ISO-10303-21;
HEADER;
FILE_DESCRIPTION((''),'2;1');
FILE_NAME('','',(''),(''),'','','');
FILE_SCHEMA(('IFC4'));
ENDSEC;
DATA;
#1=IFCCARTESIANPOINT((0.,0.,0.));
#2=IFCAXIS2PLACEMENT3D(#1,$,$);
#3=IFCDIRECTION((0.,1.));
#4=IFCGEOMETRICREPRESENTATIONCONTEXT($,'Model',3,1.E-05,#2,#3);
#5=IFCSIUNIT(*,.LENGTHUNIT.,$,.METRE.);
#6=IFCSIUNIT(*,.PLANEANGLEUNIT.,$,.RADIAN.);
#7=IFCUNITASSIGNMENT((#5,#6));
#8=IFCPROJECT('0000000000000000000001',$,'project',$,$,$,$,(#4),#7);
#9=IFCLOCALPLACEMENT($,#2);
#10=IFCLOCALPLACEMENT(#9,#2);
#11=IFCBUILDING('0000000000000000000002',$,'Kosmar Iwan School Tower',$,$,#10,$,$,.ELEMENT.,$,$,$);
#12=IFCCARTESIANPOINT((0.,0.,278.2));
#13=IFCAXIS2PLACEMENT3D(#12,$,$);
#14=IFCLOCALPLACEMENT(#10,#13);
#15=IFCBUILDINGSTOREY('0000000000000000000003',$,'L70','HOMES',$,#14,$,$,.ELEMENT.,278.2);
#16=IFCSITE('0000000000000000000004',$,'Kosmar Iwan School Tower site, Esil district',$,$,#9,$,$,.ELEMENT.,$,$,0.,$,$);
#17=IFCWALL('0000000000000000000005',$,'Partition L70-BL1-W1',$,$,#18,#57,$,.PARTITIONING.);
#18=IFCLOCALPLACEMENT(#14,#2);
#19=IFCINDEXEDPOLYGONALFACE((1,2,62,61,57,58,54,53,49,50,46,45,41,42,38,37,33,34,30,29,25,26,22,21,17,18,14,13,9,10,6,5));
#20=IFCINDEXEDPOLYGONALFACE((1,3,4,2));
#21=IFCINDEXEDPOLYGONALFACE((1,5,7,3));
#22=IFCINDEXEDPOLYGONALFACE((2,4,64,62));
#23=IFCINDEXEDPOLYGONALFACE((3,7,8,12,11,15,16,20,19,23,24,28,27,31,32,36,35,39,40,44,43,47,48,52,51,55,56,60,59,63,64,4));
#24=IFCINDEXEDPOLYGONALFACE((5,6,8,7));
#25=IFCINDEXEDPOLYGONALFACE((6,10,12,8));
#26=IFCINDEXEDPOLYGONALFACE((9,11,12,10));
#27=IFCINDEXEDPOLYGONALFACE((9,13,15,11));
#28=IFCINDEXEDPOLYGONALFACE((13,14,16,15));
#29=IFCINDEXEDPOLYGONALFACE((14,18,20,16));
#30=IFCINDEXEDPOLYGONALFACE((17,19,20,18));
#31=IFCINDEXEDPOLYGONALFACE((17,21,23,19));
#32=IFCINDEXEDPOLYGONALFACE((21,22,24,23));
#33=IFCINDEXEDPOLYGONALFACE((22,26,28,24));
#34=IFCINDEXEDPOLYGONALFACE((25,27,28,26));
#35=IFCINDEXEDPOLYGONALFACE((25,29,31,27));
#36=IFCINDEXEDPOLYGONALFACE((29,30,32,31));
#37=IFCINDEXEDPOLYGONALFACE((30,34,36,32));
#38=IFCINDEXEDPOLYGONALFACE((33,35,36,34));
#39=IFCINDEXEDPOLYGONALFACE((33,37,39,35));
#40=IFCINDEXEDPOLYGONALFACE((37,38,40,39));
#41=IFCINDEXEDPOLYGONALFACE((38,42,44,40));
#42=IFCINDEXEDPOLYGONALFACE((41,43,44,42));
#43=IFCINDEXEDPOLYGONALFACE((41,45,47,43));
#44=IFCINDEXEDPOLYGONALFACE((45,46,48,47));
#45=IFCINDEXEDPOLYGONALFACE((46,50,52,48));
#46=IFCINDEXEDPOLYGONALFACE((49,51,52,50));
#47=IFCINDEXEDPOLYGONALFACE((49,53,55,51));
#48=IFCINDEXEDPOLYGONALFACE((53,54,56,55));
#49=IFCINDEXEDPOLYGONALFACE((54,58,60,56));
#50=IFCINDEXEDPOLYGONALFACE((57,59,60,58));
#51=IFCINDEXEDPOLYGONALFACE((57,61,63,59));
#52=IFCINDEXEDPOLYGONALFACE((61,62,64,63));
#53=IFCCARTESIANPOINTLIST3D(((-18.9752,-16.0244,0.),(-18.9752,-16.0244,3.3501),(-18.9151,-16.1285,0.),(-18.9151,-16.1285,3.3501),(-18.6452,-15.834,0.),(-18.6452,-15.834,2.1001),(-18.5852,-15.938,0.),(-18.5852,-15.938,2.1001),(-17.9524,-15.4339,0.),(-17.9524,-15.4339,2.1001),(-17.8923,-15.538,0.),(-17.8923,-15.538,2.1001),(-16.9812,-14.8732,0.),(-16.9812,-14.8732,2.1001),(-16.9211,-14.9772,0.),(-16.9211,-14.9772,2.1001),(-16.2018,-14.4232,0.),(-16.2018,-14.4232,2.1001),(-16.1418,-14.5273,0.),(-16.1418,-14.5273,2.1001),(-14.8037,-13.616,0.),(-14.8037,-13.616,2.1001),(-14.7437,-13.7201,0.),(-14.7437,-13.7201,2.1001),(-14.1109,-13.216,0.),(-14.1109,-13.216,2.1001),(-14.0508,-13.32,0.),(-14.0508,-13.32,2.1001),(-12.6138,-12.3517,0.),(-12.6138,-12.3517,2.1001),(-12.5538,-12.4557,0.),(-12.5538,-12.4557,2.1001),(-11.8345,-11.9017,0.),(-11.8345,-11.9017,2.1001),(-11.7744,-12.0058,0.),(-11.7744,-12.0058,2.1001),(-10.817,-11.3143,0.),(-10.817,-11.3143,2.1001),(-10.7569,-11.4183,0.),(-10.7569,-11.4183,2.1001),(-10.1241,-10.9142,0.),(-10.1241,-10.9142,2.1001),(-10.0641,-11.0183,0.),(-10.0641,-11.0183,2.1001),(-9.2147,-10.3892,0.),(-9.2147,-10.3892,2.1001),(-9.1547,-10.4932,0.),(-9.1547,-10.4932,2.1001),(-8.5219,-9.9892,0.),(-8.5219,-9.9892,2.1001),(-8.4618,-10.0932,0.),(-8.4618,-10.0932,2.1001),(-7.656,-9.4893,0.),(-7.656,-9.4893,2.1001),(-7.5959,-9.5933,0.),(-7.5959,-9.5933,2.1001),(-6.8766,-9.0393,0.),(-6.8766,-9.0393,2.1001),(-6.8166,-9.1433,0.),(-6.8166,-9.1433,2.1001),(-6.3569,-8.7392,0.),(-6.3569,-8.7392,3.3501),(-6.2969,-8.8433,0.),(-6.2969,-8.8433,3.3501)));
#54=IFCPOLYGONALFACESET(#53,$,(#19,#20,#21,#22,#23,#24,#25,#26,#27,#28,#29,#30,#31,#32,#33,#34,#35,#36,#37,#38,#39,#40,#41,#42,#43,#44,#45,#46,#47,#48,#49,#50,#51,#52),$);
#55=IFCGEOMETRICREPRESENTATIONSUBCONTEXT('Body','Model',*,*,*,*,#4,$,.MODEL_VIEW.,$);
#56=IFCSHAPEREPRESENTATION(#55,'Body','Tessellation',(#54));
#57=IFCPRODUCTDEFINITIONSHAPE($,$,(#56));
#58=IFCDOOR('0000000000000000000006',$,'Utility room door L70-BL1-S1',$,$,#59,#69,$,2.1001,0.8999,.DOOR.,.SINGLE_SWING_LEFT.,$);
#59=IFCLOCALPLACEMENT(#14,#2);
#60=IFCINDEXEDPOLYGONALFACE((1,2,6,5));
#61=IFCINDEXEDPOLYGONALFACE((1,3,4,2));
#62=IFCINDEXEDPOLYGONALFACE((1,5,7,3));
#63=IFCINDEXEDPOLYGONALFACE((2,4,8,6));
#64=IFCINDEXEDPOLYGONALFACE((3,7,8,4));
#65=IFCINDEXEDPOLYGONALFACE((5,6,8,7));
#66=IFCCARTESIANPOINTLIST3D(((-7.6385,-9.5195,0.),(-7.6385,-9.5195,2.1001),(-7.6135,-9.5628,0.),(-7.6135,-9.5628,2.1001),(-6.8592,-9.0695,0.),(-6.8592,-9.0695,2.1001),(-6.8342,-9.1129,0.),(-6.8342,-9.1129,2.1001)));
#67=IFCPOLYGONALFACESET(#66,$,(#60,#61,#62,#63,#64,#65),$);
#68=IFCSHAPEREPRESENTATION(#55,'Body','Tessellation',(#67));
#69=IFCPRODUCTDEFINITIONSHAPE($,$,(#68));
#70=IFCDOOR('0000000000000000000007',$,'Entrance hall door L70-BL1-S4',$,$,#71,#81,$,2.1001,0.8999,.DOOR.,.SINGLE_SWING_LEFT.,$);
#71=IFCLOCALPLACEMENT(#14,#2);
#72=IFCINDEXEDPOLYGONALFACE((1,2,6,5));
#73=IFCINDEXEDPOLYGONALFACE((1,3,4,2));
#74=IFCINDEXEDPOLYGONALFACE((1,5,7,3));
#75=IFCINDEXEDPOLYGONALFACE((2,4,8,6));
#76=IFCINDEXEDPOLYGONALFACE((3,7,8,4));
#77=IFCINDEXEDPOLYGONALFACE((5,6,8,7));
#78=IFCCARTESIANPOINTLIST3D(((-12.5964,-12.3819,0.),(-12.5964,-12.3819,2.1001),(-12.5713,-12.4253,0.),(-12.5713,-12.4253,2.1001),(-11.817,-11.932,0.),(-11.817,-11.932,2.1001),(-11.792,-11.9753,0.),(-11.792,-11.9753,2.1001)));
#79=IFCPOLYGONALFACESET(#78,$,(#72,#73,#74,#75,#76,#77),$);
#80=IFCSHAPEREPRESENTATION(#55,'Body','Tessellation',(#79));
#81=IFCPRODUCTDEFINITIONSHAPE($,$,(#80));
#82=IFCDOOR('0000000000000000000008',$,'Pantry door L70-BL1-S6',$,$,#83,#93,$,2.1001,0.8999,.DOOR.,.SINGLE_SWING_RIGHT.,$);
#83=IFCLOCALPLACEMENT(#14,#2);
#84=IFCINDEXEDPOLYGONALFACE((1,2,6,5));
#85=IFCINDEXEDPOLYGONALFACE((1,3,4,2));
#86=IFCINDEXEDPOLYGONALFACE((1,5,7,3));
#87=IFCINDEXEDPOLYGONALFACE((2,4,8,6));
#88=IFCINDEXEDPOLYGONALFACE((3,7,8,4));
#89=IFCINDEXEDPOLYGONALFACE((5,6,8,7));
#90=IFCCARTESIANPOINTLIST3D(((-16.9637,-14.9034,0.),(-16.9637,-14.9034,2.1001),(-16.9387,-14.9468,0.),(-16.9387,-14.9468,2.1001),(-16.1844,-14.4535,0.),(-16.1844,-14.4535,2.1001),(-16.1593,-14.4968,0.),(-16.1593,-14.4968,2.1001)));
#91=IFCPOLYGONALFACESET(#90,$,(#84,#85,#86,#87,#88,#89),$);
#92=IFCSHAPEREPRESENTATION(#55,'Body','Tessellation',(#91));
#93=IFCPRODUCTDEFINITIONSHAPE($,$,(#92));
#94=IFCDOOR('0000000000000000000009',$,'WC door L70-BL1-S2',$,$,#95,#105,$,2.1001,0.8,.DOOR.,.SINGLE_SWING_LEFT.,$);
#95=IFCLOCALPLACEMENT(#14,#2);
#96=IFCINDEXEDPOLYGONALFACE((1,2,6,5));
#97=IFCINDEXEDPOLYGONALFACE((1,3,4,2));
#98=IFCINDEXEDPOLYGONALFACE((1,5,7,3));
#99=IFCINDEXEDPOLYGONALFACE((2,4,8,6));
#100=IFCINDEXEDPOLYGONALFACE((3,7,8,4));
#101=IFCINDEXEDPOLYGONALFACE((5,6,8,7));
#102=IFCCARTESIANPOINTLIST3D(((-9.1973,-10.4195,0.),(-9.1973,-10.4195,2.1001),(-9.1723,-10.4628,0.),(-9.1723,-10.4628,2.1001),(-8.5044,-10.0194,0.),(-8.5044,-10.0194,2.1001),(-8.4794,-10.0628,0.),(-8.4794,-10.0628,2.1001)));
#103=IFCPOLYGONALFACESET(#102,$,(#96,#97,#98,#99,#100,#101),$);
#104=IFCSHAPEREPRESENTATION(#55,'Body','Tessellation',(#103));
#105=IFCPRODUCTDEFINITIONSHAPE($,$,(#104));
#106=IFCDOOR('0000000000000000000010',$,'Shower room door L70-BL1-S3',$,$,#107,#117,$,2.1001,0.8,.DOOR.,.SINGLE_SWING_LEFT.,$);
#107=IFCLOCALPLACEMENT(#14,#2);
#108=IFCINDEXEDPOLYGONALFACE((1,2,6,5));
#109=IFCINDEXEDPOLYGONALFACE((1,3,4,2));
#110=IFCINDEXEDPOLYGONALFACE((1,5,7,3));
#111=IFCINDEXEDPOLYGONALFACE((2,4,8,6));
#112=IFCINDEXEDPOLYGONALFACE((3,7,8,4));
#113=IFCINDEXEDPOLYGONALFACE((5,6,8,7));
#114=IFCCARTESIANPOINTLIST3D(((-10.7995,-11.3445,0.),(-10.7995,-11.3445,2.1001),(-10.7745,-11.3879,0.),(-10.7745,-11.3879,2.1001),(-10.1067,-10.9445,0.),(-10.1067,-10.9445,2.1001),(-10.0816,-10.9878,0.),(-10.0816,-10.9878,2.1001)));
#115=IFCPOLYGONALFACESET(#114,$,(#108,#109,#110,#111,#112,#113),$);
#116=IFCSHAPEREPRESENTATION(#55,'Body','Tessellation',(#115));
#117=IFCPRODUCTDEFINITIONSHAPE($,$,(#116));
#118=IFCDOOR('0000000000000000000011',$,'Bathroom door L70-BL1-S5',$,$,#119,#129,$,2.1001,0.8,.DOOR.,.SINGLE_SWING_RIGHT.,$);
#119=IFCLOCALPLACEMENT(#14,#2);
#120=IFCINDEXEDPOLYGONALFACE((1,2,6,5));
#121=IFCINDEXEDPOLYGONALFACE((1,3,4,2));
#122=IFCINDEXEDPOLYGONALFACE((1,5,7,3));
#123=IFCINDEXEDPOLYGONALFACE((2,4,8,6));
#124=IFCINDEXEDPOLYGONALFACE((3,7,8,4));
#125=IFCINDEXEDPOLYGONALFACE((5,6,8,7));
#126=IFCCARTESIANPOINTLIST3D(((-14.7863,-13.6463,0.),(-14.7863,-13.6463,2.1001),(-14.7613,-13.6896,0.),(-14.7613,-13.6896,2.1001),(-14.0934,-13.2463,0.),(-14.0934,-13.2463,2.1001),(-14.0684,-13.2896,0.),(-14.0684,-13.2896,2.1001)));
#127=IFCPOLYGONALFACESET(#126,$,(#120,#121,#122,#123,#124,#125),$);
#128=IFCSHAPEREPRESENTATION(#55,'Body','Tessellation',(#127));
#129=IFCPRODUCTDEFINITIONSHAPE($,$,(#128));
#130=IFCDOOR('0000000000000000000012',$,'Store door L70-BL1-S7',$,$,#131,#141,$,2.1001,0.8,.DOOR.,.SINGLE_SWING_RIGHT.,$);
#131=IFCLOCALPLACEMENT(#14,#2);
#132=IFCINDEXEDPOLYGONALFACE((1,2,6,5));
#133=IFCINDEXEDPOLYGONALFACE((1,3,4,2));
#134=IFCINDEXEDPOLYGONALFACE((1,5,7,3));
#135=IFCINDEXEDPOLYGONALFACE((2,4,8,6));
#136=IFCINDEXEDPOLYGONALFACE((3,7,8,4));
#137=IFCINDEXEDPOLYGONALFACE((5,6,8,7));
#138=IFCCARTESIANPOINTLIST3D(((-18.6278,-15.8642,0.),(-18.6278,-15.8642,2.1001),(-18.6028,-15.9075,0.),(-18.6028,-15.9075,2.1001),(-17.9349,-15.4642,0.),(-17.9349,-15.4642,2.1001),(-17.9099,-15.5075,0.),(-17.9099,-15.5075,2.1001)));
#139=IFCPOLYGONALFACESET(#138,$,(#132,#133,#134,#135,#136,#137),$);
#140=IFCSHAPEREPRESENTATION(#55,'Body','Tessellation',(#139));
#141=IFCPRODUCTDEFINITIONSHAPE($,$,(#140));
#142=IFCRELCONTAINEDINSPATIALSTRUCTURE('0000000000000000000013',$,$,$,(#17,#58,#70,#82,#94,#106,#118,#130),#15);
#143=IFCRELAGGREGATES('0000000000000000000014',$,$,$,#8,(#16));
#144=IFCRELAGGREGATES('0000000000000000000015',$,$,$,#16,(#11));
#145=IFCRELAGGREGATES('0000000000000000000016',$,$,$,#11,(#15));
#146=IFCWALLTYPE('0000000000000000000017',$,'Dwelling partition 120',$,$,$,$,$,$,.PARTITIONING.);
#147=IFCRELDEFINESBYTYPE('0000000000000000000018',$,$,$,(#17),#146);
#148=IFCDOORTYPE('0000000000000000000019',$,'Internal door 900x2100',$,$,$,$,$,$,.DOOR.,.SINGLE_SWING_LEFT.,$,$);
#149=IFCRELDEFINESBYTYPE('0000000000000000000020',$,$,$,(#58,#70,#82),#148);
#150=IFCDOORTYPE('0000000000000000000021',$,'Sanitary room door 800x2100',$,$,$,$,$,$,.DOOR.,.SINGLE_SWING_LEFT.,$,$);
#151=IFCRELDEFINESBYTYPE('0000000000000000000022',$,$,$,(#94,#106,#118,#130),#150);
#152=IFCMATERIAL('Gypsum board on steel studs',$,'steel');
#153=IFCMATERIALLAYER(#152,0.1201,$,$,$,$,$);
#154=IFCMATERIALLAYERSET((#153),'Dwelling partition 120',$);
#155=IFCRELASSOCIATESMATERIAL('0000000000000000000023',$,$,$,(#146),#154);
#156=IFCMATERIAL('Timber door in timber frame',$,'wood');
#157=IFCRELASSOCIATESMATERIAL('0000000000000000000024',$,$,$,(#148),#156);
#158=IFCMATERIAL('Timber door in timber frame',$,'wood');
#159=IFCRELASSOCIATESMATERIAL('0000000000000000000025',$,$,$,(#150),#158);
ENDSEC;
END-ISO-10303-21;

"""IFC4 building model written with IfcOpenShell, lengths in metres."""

from ifc_helpers import new_model, si_unit, direction, frame, frame_2d, origin, place, context, subcontext, project, spatial, rectangle, extrude, material, layer, layer_set, type_object, element, fill, save


model = new_model("IFC4")

# Units and contexts
model_context = context("Model", 3, precision=1e-05, world=origin(), true_north=direction((0.0, 1.0)))
body_context = subcontext(model_context, "Body", "Model", "MODEL_VIEW")
ifc_project = project(units=[si_unit("LENGTHUNIT", "METRE"), si_unit("PLANEANGLEUNIT", "RADIAN")], contexts=[model_context])

# Site, building, storey
site_placement = place(None, origin())
site = spatial("IfcSite", under=ifc_project, at=site_placement, Name="Kosmar Iwan School Tower site, Esil district", CompositionType="ELEMENT", RefElevation=0.0)
building_placement = place(site_placement, origin())
building = spatial("IfcBuilding", under=site, at=building_placement, Name="Kosmar Iwan School Tower", CompositionType="ELEMENT")
storey_placement = place(building_placement, frame((0.0, 0.0, 278.2)))
storey = spatial("IfcBuildingStorey", under=building, at=storey_placement, Name="L70", Description="HOMES", CompositionType="ELEMENT", Elevation=278.2)

# Wall, openings, doors
ifc_material_1 = material(Name="Gypsum board on steel studs", Category="steel")
ifc_layer_1 = layer(ifc_material_1, 0.1201)
ifc_layer_set_1 = layer_set([ifc_layer_1], Name="Dwelling partition 120")
wall_type_1 = type_object("IfcWallType", Name="Dwelling partition 120", PredefinedType="PARTITIONING", material=ifc_layer_set_1)
wall_1_placement = place(storey_placement, frame((-6.3269, -8.7913, 0.0), z_axis=(0.0, 0.0, 1.0), x_axis=(-0.866024, -0.500003, 0.0)))
wall_1 = element("IfcWall", 1, at=wall_1_placement, inside=storey, type_object=wall_type_1, Name="Partition L70-BL1-W1", PredefinedType="PARTITIONING", context=body_context, shape_type="SweptSolid", body=[
    extrude(rectangle(XDim=14.5703, YDim=0.1201, at=frame_2d((7.2852, 0.0))), origin(), (0.0, 0.0, 1.0), 3.3501),
])
opening_1_placement = place(wall_1_placement, frame((0.6001, 0.0, 0.0)))
opening_1 = element("IfcOpeningElement", 2, at=opening_1_placement, cuts=wall_1, PredefinedType="OPENING", context=body_context, shape_type="SweptSolid", body=[
    extrude(rectangle(XDim=0.8999, YDim=2.1001, at=frame_2d((0.45, 1.05))), frame((0.0, 0.072, 0.0), z_axis=(0.0, -1.0, 0.0), x_axis=(1.0, 0.0, 0.0)), (0.0, 0.0, 1.0), 0.144),
])
opening_2_placement = place(wall_1_placement, frame((2.5, 0.0, 0.0)))
opening_2 = element("IfcOpeningElement", 3, at=opening_2_placement, cuts=wall_1, PredefinedType="OPENING", context=body_context, shape_type="SweptSolid", body=[
    extrude(rectangle(XDim=0.8, YDim=2.1001, at=frame_2d((0.3999, 1.05))), frame((0.0, 0.072, 0.0), z_axis=(0.0, -1.0, 0.0), x_axis=(1.0, 0.0, 0.0)), (0.0, 0.0, 1.0), 0.144),
])
opening_3_placement = place(wall_1_placement, frame((4.3501, 0.0, 0.0)))
opening_3 = element("IfcOpeningElement", 4, at=opening_3_placement, cuts=wall_1, PredefinedType="OPENING", context=body_context, shape_type="SweptSolid", body=[
    extrude(rectangle(XDim=0.8, YDim=2.1001, at=frame_2d((0.3999, 1.05))), frame((0.0, 0.072, 0.0), z_axis=(0.0, -1.0, 0.0), x_axis=(1.0, 0.0, 0.0)), (0.0, 0.0, 1.0), 0.144),
])
opening_4_placement = place(wall_1_placement, frame((6.325, 0.0, 0.0)))
opening_4 = element("IfcOpeningElement", 5, at=opening_4_placement, cuts=wall_1, PredefinedType="OPENING", context=body_context, shape_type="SweptSolid", body=[
    extrude(rectangle(XDim=0.8999, YDim=2.1001, at=frame_2d((0.45, 1.05))), frame((0.0, 0.072, 0.0), z_axis=(0.0, -1.0, 0.0), x_axis=(1.0, 0.0, 0.0)), (0.0, 0.0, 1.0), 0.144),
])
opening_5_placement = place(wall_1_placement, frame((8.9536, 0.0, 0.0)))
opening_5 = element("IfcOpeningElement", 6, at=opening_5_placement, cuts=wall_1, PredefinedType="OPENING", context=body_context, shape_type="SweptSolid", body=[
    extrude(rectangle(XDim=0.8, YDim=2.1001, at=frame_2d((0.3999, 1.05))), frame((0.0, 0.072, 0.0), z_axis=(0.0, -1.0, 0.0), x_axis=(1.0, 0.0, 0.0)), (0.0, 0.0, 1.0), 0.144),
])
opening_6_placement = place(wall_1_placement, frame((11.3679, 0.0, 0.0)))
opening_6 = element("IfcOpeningElement", 7, at=opening_6_placement, cuts=wall_1, PredefinedType="OPENING", context=body_context, shape_type="SweptSolid", body=[
    extrude(rectangle(XDim=0.8999, YDim=2.1001, at=frame_2d((0.45, 1.05))), frame((0.0, 0.072, 0.0), z_axis=(0.0, -1.0, 0.0), x_axis=(1.0, 0.0, 0.0)), (0.0, 0.0, 1.0), 0.144),
])
opening_7_placement = place(wall_1_placement, frame((13.3894, 0.0, 0.0)))
opening_7 = element("IfcOpeningElement", 8, at=opening_7_placement, cuts=wall_1, PredefinedType="OPENING", context=body_context, shape_type="SweptSolid", body=[
    extrude(rectangle(XDim=0.8, YDim=2.1001, at=frame_2d((0.3999, 1.05))), frame((0.0, 0.072, 0.0), z_axis=(0.0, -1.0, 0.0), x_axis=(1.0, 0.0, 0.0)), (0.0, 0.0, 1.0), 0.144),
])
ifc_material_2 = material(Name="Timber door in timber frame", Category="wood")
door_type_1 = type_object("IfcDoorType", Name="Internal door 900x2100", OperationType="SINGLE_SWING_LEFT", PredefinedType="DOOR", material=ifc_material_2)
door_1_placement = place(opening_1_placement, origin())
door_1 = element("IfcDoor", 9, at=door_1_placement, inside=storey, type_object=door_type_1, Name="Utility room door L70-BL1-S1", OperationType="SINGLE_SWING_LEFT", OverallHeight=2.1001, OverallWidth=0.8999, PredefinedType="DOOR", context=body_context, shape_type="SweptSolid", body=[
    extrude(rectangle(XDim=0.8999, YDim=2.1001, at=frame_2d((0.45, 1.05))), frame((0.0, 0.0249, 0.0), z_axis=(0.0, -1.0, 0.0), x_axis=(1.0, 0.0, 0.0)), (0.0, 0.0, 1.0), 0.05),
])
fill(opening_1, door_1)
door_2_placement = place(opening_4_placement, origin())
door_2 = element("IfcDoor", 10, at=door_2_placement, inside=storey, type_object=door_type_1, Name="Entrance hall door L70-BL1-S4", OperationType="SINGLE_SWING_LEFT", OverallHeight=2.1001, OverallWidth=0.8999, PredefinedType="DOOR", context=body_context, shape_type="SweptSolid", body=[
    extrude(rectangle(XDim=0.8999, YDim=2.1001, at=frame_2d((0.45, 1.05))), frame((0.0, 0.0249, 0.0), z_axis=(0.0, -1.0, 0.0), x_axis=(1.0, 0.0, 0.0)), (0.0, 0.0, 1.0), 0.05),
])
fill(opening_4, door_2)
door_3_placement = place(opening_6_placement, origin())
door_3 = element("IfcDoor", 11, at=door_3_placement, inside=storey, type_object=door_type_1, Name="Pantry door L70-BL1-S6", OperationType="SINGLE_SWING_RIGHT", OverallHeight=2.1001, OverallWidth=0.8999, PredefinedType="DOOR", context=body_context, shape_type="SweptSolid", body=[
    extrude(rectangle(XDim=0.8999, YDim=2.1001, at=frame_2d((0.45, 1.05))), frame((0.0, 0.0249, 0.0), z_axis=(0.0, -1.0, 0.0), x_axis=(1.0, 0.0, 0.0)), (0.0, 0.0, 1.0), 0.05),
])
fill(opening_6, door_3)
ifc_material_3 = material(Name="Timber door in timber frame", Category="wood")
door_type_2 = type_object("IfcDoorType", Name="Sanitary room door 800x2100", OperationType="SINGLE_SWING_LEFT", PredefinedType="DOOR", material=ifc_material_3)
door_4_placement = place(opening_2_placement, origin())
door_4 = element("IfcDoor", 12, at=door_4_placement, inside=storey, type_object=door_type_2, Name="WC door L70-BL1-S2", OperationType="SINGLE_SWING_LEFT", OverallHeight=2.1001, OverallWidth=0.8, PredefinedType="DOOR", context=body_context, shape_type="SweptSolid", body=[
    extrude(rectangle(XDim=0.8, YDim=2.1001, at=frame_2d((0.3999, 1.05))), frame((0.0, 0.0249, 0.0), z_axis=(0.0, -1.0, 0.0), x_axis=(1.0, 0.0, 0.0)), (0.0, 0.0, 1.0), 0.05),
])
fill(opening_2, door_4)
door_5_placement = place(opening_3_placement, origin())
door_5 = element("IfcDoor", 13, at=door_5_placement, inside=storey, type_object=door_type_2, Name="Shower room door L70-BL1-S3", OperationType="SINGLE_SWING_LEFT", OverallHeight=2.1001, OverallWidth=0.8, PredefinedType="DOOR", context=body_context, shape_type="SweptSolid", body=[
    extrude(rectangle(XDim=0.8, YDim=2.1001, at=frame_2d((0.3999, 1.05))), frame((0.0, 0.0249, 0.0), z_axis=(0.0, -1.0, 0.0), x_axis=(1.0, 0.0, 0.0)), (0.0, 0.0, 1.0), 0.05),
])
fill(opening_3, door_5)
door_6_placement = place(opening_5_placement, origin())
door_6 = element("IfcDoor", 14, at=door_6_placement, inside=storey, type_object=door_type_2, Name="Bathroom door L70-BL1-S5", OperationType="SINGLE_SWING_RIGHT", OverallHeight=2.1001, OverallWidth=0.8, PredefinedType="DOOR", context=body_context, shape_type="SweptSolid", body=[
    extrude(rectangle(XDim=0.8, YDim=2.1001, at=frame_2d((0.3999, 1.05))), frame((0.0, 0.0249, 0.0), z_axis=(0.0, -1.0, 0.0), x_axis=(1.0, 0.0, 0.0)), (0.0, 0.0, 1.0), 0.05),
])
fill(opening_5, door_6)
door_7_placement = place(opening_7_placement, origin())
door_7 = element("IfcDoor", 15, at=door_7_placement, inside=storey, type_object=door_type_2, Name="Store door L70-BL1-S7", OperationType="SINGLE_SWING_RIGHT", OverallHeight=2.1001, OverallWidth=0.8, PredefinedType="DOOR", context=body_context, shape_type="SweptSolid", body=[
    extrude(rectangle(XDim=0.8, YDim=2.1001, at=frame_2d((0.3999, 1.05))), frame((0.0, 0.0249, 0.0), z_axis=(0.0, -1.0, 0.0), x_axis=(1.0, 0.0, 0.0)), (0.0, 0.0, 1.0), 0.05),
])
fill(opening_7, door_7)

save(model, "model.ifc")
